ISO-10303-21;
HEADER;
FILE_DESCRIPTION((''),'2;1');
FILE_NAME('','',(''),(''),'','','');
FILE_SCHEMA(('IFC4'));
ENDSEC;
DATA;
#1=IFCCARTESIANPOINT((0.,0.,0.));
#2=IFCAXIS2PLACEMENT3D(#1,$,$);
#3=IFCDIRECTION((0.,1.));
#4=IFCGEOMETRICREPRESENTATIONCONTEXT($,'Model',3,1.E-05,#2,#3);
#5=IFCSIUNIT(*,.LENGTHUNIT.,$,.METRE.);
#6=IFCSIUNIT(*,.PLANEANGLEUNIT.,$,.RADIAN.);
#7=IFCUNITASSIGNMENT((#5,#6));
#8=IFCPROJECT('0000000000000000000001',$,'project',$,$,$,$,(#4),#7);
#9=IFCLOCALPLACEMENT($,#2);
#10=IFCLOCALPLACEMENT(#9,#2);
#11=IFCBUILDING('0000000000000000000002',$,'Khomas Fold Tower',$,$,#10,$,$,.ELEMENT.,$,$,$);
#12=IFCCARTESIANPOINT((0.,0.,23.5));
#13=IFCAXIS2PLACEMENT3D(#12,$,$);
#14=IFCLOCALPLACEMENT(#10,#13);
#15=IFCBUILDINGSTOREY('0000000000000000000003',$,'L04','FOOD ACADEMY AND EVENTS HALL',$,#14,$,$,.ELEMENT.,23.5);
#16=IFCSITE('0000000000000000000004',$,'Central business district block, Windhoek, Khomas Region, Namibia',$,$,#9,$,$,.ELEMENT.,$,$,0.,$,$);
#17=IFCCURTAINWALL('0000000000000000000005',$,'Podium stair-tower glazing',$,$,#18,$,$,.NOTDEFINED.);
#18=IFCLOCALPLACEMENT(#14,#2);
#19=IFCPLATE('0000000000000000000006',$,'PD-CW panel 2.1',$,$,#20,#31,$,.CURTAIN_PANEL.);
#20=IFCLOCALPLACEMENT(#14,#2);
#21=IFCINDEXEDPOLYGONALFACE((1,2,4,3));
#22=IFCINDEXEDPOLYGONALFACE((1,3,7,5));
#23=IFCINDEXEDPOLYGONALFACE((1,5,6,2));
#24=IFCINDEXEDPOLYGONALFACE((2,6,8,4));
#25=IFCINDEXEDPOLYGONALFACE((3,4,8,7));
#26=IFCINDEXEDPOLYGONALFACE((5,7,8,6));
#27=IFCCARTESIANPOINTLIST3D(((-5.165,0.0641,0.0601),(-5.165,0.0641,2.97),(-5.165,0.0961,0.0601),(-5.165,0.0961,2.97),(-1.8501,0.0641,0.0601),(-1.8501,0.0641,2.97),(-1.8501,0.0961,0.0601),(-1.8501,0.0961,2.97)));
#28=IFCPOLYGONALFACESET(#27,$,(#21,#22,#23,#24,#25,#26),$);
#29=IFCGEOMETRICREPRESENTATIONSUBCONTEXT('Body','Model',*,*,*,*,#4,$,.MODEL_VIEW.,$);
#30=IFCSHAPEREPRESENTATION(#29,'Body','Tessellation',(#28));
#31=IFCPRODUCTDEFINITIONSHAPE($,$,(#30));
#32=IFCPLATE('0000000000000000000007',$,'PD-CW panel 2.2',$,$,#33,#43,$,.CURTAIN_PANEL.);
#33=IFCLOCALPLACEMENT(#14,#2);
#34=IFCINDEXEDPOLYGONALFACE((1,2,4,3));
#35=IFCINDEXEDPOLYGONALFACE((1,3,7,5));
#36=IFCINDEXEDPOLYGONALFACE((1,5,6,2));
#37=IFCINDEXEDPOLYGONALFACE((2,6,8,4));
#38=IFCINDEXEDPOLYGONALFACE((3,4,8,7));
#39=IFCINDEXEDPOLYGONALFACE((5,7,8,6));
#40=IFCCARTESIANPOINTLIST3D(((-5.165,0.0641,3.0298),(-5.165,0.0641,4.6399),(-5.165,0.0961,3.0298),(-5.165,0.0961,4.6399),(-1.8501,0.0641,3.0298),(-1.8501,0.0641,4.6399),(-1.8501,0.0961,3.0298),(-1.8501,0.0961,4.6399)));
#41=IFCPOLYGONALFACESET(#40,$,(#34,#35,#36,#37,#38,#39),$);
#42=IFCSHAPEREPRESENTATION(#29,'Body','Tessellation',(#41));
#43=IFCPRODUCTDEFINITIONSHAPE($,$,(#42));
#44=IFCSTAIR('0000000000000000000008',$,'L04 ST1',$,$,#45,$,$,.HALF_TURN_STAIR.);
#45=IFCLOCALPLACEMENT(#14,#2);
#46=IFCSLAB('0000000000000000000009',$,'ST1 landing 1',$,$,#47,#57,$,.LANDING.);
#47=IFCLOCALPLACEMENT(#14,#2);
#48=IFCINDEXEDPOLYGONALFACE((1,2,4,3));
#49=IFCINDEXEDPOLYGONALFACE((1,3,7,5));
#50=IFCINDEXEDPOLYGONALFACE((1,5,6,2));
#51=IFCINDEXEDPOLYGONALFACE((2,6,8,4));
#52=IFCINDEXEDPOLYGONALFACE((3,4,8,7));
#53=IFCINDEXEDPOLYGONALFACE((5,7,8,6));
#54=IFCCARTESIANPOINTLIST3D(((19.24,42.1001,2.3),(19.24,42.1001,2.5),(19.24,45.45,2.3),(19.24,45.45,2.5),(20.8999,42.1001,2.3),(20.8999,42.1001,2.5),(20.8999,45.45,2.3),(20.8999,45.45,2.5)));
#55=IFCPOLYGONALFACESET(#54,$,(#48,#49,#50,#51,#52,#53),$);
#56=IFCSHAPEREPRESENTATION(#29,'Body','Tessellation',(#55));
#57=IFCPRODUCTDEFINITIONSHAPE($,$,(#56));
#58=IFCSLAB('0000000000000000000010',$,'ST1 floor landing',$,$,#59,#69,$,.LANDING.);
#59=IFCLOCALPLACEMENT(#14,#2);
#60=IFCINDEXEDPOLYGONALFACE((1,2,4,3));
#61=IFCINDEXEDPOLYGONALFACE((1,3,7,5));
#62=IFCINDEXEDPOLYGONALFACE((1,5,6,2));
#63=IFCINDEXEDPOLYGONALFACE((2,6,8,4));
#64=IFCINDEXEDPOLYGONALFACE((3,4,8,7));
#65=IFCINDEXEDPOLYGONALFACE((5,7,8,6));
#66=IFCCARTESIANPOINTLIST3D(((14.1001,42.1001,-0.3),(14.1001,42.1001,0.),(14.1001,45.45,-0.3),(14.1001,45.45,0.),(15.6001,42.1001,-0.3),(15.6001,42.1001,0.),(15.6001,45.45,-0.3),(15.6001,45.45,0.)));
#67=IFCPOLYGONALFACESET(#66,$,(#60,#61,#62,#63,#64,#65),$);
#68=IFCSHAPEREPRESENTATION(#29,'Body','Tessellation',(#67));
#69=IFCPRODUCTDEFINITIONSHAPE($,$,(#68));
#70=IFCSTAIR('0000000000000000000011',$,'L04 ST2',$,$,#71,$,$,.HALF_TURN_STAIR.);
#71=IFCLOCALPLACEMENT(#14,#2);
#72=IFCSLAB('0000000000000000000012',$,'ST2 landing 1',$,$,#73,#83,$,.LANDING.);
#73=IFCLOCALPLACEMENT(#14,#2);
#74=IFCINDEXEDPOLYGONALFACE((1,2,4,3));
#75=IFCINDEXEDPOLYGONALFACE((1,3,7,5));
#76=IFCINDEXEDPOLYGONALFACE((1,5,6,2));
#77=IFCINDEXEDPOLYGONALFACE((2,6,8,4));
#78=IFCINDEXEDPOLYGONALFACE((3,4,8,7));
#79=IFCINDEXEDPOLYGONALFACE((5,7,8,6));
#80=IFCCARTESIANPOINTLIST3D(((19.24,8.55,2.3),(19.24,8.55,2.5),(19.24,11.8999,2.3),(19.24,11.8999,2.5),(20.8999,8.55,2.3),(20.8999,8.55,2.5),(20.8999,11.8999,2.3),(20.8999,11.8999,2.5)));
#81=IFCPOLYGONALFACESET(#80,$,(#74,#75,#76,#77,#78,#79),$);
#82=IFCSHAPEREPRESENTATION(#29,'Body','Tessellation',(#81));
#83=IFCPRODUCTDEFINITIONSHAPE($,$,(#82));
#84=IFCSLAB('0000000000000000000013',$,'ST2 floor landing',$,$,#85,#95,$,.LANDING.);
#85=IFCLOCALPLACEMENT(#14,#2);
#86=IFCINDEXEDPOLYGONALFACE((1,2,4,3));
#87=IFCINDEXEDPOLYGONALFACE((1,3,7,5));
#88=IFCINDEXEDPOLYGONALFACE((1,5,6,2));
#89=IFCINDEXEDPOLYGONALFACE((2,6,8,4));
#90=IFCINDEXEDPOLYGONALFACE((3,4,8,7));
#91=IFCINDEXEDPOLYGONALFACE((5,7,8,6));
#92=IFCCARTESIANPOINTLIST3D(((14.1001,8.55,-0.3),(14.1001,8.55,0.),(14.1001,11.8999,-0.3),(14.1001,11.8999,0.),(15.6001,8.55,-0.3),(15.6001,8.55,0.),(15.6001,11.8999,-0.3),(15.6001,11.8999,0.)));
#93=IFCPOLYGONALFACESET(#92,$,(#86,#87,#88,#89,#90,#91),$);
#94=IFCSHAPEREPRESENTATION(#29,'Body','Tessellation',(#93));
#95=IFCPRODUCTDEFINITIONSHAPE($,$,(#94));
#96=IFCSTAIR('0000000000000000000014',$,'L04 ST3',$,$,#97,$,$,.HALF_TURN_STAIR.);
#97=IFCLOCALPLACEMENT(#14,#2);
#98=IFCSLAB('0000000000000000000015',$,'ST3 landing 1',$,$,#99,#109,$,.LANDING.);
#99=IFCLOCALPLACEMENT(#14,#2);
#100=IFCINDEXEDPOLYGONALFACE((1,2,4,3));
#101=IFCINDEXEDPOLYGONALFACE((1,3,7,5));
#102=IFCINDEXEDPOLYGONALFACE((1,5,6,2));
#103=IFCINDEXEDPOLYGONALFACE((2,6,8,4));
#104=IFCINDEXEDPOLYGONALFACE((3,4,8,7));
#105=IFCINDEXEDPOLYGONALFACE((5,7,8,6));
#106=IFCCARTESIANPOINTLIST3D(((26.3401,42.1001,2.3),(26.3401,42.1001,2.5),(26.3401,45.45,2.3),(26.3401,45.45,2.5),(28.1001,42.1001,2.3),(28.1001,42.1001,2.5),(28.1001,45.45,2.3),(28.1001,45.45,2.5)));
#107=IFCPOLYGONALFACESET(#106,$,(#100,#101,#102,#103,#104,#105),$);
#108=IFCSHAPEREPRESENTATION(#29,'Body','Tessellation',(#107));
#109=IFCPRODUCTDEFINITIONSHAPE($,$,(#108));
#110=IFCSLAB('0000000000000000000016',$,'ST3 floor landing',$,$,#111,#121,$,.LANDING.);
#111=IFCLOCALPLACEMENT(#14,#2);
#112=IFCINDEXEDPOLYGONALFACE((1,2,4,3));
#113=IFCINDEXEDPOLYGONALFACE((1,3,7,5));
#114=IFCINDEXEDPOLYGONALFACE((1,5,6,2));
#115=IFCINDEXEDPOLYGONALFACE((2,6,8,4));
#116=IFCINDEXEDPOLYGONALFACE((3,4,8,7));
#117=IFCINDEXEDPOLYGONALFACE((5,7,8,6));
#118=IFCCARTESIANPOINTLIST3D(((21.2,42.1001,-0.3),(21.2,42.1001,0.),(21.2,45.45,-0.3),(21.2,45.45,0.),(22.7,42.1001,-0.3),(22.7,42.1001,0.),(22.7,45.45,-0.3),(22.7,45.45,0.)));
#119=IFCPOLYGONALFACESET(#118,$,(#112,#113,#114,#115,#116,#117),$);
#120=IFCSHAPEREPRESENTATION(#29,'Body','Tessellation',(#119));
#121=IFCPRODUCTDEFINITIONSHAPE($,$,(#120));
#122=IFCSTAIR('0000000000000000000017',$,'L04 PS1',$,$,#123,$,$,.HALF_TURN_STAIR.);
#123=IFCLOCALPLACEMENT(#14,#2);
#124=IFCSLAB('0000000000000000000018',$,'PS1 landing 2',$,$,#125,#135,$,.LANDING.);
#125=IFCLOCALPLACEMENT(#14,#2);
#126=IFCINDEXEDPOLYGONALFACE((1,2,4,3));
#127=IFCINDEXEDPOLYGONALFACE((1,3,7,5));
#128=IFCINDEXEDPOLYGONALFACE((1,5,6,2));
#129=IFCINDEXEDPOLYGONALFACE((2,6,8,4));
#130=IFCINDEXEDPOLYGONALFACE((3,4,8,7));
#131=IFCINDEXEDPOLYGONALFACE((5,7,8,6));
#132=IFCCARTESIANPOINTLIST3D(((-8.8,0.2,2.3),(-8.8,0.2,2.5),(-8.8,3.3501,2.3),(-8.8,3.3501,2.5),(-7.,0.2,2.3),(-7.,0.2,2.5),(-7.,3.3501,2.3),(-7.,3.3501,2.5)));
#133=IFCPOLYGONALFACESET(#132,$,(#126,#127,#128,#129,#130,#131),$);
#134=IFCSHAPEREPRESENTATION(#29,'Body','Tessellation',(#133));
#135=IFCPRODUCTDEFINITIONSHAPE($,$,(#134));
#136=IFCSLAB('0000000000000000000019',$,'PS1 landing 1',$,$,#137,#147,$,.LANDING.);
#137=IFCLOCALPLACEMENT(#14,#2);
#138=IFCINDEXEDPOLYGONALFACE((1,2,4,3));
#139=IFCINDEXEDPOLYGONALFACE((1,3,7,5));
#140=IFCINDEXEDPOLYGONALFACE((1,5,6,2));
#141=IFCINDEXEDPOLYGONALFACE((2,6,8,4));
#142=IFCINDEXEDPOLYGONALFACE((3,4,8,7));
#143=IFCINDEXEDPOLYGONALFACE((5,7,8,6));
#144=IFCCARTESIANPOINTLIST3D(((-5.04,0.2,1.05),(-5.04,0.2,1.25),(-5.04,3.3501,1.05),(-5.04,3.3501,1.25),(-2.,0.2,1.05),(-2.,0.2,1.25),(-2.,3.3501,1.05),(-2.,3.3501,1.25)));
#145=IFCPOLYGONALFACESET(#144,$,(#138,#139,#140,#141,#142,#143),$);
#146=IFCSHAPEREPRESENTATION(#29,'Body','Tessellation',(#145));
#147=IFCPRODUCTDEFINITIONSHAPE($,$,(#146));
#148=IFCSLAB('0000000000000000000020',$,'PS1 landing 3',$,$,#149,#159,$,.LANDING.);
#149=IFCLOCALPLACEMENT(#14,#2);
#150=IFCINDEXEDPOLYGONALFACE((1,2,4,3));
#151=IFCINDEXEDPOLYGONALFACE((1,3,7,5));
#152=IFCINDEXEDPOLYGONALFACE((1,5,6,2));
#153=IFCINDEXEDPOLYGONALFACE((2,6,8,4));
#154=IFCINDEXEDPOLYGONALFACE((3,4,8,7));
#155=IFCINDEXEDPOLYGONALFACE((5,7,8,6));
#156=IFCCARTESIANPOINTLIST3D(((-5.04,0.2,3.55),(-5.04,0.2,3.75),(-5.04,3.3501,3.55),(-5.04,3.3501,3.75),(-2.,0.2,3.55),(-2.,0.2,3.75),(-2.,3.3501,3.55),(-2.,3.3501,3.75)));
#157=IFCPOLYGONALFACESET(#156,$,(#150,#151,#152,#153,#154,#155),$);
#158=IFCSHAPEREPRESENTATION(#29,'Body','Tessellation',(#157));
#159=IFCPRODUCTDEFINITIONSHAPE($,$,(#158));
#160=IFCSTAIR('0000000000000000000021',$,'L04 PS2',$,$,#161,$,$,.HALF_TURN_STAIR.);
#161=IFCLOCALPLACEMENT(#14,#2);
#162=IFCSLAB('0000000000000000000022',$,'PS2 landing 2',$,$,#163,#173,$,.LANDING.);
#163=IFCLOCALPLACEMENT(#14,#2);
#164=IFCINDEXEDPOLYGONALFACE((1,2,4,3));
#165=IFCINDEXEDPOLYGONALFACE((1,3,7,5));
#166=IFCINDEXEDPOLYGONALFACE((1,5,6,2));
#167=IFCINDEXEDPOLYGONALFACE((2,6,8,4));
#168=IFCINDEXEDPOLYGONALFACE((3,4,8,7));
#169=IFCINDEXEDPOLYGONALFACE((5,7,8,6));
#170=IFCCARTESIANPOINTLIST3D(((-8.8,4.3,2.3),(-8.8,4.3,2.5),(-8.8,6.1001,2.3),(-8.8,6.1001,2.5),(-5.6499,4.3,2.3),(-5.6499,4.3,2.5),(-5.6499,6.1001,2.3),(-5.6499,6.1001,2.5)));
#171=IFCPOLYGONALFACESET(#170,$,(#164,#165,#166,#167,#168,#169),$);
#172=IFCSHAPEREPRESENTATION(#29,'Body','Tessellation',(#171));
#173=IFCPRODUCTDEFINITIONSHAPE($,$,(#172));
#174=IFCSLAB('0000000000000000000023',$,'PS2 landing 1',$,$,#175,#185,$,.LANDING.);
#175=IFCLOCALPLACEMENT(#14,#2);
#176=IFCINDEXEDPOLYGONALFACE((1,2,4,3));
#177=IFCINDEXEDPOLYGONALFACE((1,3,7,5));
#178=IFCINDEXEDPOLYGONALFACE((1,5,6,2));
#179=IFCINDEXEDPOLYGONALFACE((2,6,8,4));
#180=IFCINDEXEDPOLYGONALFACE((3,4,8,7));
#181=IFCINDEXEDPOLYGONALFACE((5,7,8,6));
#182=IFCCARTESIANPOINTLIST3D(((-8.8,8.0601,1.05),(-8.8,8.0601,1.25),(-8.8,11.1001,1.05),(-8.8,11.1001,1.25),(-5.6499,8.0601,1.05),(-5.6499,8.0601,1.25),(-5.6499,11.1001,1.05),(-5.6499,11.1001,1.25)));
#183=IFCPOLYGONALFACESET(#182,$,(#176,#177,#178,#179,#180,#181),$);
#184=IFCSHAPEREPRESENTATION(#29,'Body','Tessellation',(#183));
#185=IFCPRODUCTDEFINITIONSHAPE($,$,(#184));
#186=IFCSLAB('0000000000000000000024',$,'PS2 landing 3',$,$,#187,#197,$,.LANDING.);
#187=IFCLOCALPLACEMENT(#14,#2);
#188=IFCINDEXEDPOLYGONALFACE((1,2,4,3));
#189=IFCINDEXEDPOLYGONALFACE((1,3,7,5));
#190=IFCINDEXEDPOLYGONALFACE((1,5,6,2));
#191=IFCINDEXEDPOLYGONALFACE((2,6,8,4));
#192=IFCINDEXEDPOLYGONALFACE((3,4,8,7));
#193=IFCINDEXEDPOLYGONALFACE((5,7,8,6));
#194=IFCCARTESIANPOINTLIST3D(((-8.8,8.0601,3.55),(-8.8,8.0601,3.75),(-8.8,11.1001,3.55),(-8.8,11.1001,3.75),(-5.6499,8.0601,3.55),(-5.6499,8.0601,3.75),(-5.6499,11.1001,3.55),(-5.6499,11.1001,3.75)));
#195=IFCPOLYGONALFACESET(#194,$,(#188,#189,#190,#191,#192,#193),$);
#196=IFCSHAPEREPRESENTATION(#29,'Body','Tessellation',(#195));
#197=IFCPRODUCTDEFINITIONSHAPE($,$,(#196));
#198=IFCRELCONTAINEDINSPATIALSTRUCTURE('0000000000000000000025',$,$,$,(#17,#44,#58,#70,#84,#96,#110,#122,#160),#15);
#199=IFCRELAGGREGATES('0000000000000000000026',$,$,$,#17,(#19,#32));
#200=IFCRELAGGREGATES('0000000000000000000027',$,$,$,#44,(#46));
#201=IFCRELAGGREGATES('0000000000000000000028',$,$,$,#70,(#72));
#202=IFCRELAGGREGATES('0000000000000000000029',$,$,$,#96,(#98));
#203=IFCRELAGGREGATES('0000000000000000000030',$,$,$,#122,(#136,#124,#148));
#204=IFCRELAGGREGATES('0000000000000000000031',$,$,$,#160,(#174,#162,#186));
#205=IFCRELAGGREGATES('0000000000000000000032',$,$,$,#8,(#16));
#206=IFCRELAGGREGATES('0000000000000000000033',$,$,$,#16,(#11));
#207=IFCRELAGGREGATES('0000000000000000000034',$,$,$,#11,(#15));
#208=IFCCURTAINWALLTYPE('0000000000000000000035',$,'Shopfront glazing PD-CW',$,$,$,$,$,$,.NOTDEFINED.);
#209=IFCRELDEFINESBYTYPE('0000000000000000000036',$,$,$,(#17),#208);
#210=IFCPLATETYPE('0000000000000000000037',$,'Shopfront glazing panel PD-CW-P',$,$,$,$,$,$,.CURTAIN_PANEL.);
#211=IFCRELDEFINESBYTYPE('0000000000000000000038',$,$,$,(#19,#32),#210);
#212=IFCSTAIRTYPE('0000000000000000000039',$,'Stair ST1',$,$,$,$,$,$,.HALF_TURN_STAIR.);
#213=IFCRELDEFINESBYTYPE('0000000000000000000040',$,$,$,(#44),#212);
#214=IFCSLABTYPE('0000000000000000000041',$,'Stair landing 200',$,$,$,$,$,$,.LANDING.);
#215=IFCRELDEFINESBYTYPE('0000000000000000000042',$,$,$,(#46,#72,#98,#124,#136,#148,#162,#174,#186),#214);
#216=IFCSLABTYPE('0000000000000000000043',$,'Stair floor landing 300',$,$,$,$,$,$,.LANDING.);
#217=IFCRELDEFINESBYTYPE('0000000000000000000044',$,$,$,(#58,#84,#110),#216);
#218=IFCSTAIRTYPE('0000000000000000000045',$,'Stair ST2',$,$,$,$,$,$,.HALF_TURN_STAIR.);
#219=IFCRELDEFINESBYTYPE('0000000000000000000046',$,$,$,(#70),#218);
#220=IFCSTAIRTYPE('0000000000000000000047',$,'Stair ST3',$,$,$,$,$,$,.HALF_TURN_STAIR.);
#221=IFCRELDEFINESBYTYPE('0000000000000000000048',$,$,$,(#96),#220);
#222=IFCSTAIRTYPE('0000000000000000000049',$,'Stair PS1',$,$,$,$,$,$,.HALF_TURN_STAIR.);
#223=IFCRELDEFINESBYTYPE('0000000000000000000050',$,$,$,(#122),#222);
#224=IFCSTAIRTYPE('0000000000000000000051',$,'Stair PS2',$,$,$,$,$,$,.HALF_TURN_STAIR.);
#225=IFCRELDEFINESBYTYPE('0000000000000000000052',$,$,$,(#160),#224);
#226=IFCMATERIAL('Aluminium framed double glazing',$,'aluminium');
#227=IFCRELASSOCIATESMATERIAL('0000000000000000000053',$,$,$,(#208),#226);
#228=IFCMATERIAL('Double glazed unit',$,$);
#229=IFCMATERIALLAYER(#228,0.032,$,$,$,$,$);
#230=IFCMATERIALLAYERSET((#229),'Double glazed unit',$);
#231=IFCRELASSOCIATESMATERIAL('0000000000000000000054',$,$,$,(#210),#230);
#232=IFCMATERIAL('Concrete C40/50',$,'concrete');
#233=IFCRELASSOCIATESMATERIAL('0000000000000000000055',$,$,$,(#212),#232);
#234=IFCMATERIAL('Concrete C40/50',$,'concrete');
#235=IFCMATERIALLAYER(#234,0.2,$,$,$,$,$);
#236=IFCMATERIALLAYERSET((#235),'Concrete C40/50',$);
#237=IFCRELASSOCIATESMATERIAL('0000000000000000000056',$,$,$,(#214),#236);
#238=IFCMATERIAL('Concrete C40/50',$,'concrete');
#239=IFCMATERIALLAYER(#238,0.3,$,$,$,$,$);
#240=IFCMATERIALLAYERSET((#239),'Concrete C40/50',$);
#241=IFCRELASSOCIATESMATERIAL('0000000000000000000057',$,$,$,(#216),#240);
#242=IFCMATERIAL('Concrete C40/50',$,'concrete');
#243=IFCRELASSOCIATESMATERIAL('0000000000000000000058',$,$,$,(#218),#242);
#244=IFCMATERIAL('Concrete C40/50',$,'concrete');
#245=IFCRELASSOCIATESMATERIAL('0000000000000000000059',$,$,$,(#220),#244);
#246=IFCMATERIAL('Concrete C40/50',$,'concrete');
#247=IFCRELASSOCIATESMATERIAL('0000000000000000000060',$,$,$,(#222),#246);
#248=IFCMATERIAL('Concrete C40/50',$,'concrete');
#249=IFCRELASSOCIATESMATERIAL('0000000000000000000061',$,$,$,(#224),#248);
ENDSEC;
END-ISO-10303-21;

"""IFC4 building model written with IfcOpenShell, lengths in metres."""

from ifc_helpers import new_model, si_unit, direction, frame, origin, origin_2d, place, context, subcontext, project, spatial, polyline, rectangle, outline, extrude, source, transform, mapped, material, layer, layer_set, type_object, element, aggregate, save


model = new_model("IFC4")

# Units and contexts
model_context = context("Model", 3, precision=1e-05, world=origin(), true_north=direction((0.0, 1.0)))
body_context = subcontext(model_context, "Body", "Model", "MODEL_VIEW")
ifc_project = project(units=[si_unit("LENGTHUNIT", "METRE"), si_unit("PLANEANGLEUNIT", "RADIAN")], contexts=[model_context])

# Site, building, storey
site_placement = place(None, origin())
site = spatial("IfcSite", under=ifc_project, at=site_placement, Name="Central business district block, Windhoek, Khomas Region, Namibia", CompositionType="ELEMENT", RefElevation=0.0)
building_placement = place(site_placement, origin())
building = spatial("IfcBuilding", under=site, at=building_placement, Name="Khomas Fold Tower", CompositionType="ELEMENT")
storey_placement = place(building_placement, frame((0.0, 0.0, 23.5)))
storey = spatial("IfcBuildingStorey", under=building, at=storey_placement, Name="L04", Description="FOOD ACADEMY AND EVENTS HALL", CompositionType="ELEMENT", Elevation=23.5)

# Curtain wall
ifc_material_1 = material(Name="Aluminium framed double glazing", Category="aluminium")
curtain_wall_type = type_object("IfcCurtainWallType", Name="Shopfront glazing PD-CW", PredefinedType="NOTDEFINED", material=ifc_material_1)
curtain_wall_placement = place(storey_placement, origin())
curtain_wall = element("IfcCurtainWall", 1, at=curtain_wall_placement, inside=storey, type_object=curtain_wall_type, Name="Podium stair-tower glazing", PredefinedType="NOTDEFINED")

# Plates
ifc_material_2 = material(Name="Double glazed unit")
ifc_layer_1 = layer(ifc_material_2, 0.032)
ifc_layer_set_1 = layer_set([ifc_layer_1], Name="Double glazed unit")
plate_type = type_object("IfcPlateType", Name="Shopfront glazing panel PD-CW-P", PredefinedType="CURTAIN_PANEL", material=ifc_layer_set_1)
shared_shape_1 = source(origin(), body_context, "Body", "SweptSolid", [
    extrude(rectangle(XDim=3.3149, YDim=0.032, at=origin_2d()), origin(), (0.0, 0.0, 1.0), 2.9099),
])
plate_1_placement = place(storey_placement, frame((-3.5076, 0.0801, 0.0601), z_axis=(0.0, 0.0, 1.0), x_axis=(1.0, 0.0, 0.0)))
plate_1 = element("IfcPlate", 2, at=plate_1_placement, type_object=plate_type, Name="PD-CW panel 2.1", PredefinedType="CURTAIN_PANEL", context=body_context, shape_type="MappedRepresentation", body=[
    mapped(shared_shape_1, transform((0.0, 0.0, 0.0))),
])
shared_shape_2 = source(origin(), body_context, "Body", "SweptSolid", [
    extrude(rectangle(XDim=3.3149, YDim=0.032, at=origin_2d()), origin(), (0.0, 0.0, 1.0), 1.6101),
])
plate_2_placement = place(storey_placement, frame((-3.5076, 0.0801, 3.0298), z_axis=(0.0, 0.0, 1.0), x_axis=(1.0, 0.0, 0.0)))
plate_2 = element("IfcPlate", 3, at=plate_2_placement, type_object=plate_type, Name="PD-CW panel 2.2", PredefinedType="CURTAIN_PANEL", context=body_context, shape_type="MappedRepresentation", body=[
    mapped(shared_shape_2, transform((0.0, 0.0, 0.0))),
])
aggregate(curtain_wall, [plate_1, plate_2])

# Stair, slab
ifc_material_3 = material(Name="Concrete C40/50", Category="concrete")
stair_type_1 = type_object("IfcStairType", Name="Stair ST1", PredefinedType="HALF_TURN_STAIR", material=ifc_material_3)
stair_1_placement = place(storey_placement, origin())
stair_1 = element("IfcStair", 4, at=stair_1_placement, inside=storey, type_object=stair_type_1, Name="L04 ST1", PredefinedType="HALF_TURN_STAIR")
ifc_material_4 = material(Name="Concrete C40/50", Category="concrete")
ifc_layer_2 = layer(ifc_material_4, 0.2)
ifc_layer_set_2 = layer_set([ifc_layer_2], Name="Concrete C40/50")
slab_type_1 = type_object("IfcSlabType", Name="Stair landing 200", PredefinedType="LANDING", material=ifc_layer_set_2)
shared_shape_3 = source(origin(), body_context, "Body", "SweptSolid", [
    extrude(outline(polyline([(19.24, 42.1001), (20.8999, 42.1001), (20.8999, 45.45), (19.24, 45.45), (19.24, 42.1001)])), origin(), (0.0, 0.0, 1.0), 0.2),
])
slab_1_placement = place(storey_placement, frame((0.0, 0.0, 2.3)))
slab_1 = element("IfcSlab", 5, at=slab_1_placement, type_object=slab_type_1, Name="ST1 landing 1", PredefinedType="LANDING", context=body_context, shape_type="MappedRepresentation", body=[
    mapped(shared_shape_3, transform((0.0, 0.0, 0.0))),
])
aggregate(stair_1, [slab_1])

# Slab
ifc_material_5 = material(Name="Concrete C40/50", Category="concrete")
ifc_layer_3 = layer(ifc_material_5, 0.3)
ifc_layer_set_3 = layer_set([ifc_layer_3], Name="Concrete C40/50")
slab_type_2 = type_object("IfcSlabType", Name="Stair floor landing 300", PredefinedType="LANDING", material=ifc_layer_set_3)
shared_shape_4 = source(origin(), body_context, "Body", "SweptSolid", [
    extrude(outline(polyline([(14.1001, 45.45), (15.6001, 45.45), (15.6001, 42.1001), (14.1001, 42.1001), (14.1001, 45.45)])), origin(), (0.0, 0.0, 1.0), 0.3),
])
slab_2_placement = place(storey_placement, frame((0.0, 0.0, -0.3)))
element("IfcSlab", 6, at=slab_2_placement, inside=storey, type_object=slab_type_2, Name="ST1 floor landing", PredefinedType="LANDING", context=body_context, shape_type="MappedRepresentation", body=[
    mapped(shared_shape_4, transform((0.0, 0.0, 0.0))),
])

# Stair, slab
ifc_material_6 = material(Name="Concrete C40/50", Category="concrete")
stair_type_2 = type_object("IfcStairType", Name="Stair ST2", PredefinedType="HALF_TURN_STAIR", material=ifc_material_6)
stair_2_placement = place(storey_placement, origin())
stair_2 = element("IfcStair", 7, at=stair_2_placement, inside=storey, type_object=stair_type_2, Name="L04 ST2", PredefinedType="HALF_TURN_STAIR")
shared_shape_5 = source(origin(), body_context, "Body", "SweptSolid", [
    extrude(outline(polyline([(19.24, 8.55), (20.8999, 8.55), (20.8999, 11.8999), (19.24, 11.8999), (19.24, 8.55)])), origin(), (0.0, 0.0, 1.0), 0.2),
])
slab_3_placement = place(storey_placement, frame((0.0, 0.0, 2.3)))
slab_3 = element("IfcSlab", 8, at=slab_3_placement, type_object=slab_type_1, Name="ST2 landing 1", PredefinedType="LANDING", context=body_context, shape_type="MappedRepresentation", body=[
    mapped(shared_shape_5, transform((0.0, 0.0, 0.0))),
])
aggregate(stair_2, [slab_3])

# Slab
shared_shape_6 = source(origin(), body_context, "Body", "SweptSolid", [
    extrude(outline(polyline([(14.1001, 11.8999), (15.6001, 11.8999), (15.6001, 8.55), (14.1001, 8.55), (14.1001, 11.8999)])), origin(), (0.0, 0.0, 1.0), 0.3),
])
slab_4_placement = place(storey_placement, frame((0.0, 0.0, -0.3)))
element("IfcSlab", 9, at=slab_4_placement, inside=storey, type_object=slab_type_2, Name="ST2 floor landing", PredefinedType="LANDING", context=body_context, shape_type="MappedRepresentation", body=[
    mapped(shared_shape_6, transform((0.0, 0.0, 0.0))),
])

# Stair, slab
ifc_material_7 = material(Name="Concrete C40/50", Category="concrete")
stair_type_3 = type_object("IfcStairType", Name="Stair ST3", PredefinedType="HALF_TURN_STAIR", material=ifc_material_7)
stair_3_placement = place(storey_placement, origin())
stair_3 = element("IfcStair", 10, at=stair_3_placement, inside=storey, type_object=stair_type_3, Name="L04 ST3", PredefinedType="HALF_TURN_STAIR")
shared_shape_7 = source(origin(), body_context, "Body", "SweptSolid", [
    extrude(outline(polyline([(26.3401, 42.1001), (28.1001, 42.1001), (28.1001, 45.45), (26.3401, 45.45), (26.3401, 42.1001)])), origin(), (0.0, 0.0, 1.0), 0.2),
])
slab_5_placement = place(storey_placement, frame((0.0, 0.0, 2.3)))
slab_5 = element("IfcSlab", 11, at=slab_5_placement, type_object=slab_type_1, Name="ST3 landing 1", PredefinedType="LANDING", context=body_context, shape_type="MappedRepresentation", body=[
    mapped(shared_shape_7, transform((0.0, 0.0, 0.0))),
])
aggregate(stair_3, [slab_5])

# Slab
shared_shape_8 = source(origin(), body_context, "Body", "SweptSolid", [
    extrude(outline(polyline([(21.2, 45.45), (22.7, 45.45), (22.7, 42.1001), (21.2, 42.1001), (21.2, 45.45)])), origin(), (0.0, 0.0, 1.0), 0.3),
])
slab_6_placement = place(storey_placement, frame((0.0, 0.0, -0.3)))
element("IfcSlab", 12, at=slab_6_placement, inside=storey, type_object=slab_type_2, Name="ST3 floor landing", PredefinedType="LANDING", context=body_context, shape_type="MappedRepresentation", body=[
    mapped(shared_shape_8, transform((0.0, 0.0, 0.0))),
])

# Stairs, slabs
ifc_material_8 = material(Name="Concrete C40/50", Category="concrete")
stair_type_4 = type_object("IfcStairType", Name="Stair PS1", PredefinedType="HALF_TURN_STAIR", material=ifc_material_8)
stair_4_placement = place(storey_placement, origin())
stair_4 = element("IfcStair", 13, at=stair_4_placement, inside=storey, type_object=stair_type_4, Name="L04 PS1", PredefinedType="HALF_TURN_STAIR")
shared_shape_9 = source(origin(), body_context, "Body", "SweptSolid", [
    extrude(outline(polyline([(-8.8, 0.2), (-7.0, 0.2), (-7.0, 3.3501), (-8.8, 3.3501), (-8.8, 0.2)])), origin(), (0.0, 0.0, 1.0), 0.2),
])
slab_7_placement = place(storey_placement, frame((0.0, 0.0, 2.3)))
slab_7 = element("IfcSlab", 14, at=slab_7_placement, type_object=slab_type_1, Name="PS1 landing 2", PredefinedType="LANDING", context=body_context, shape_type="MappedRepresentation", body=[
    mapped(shared_shape_9, transform((0.0, 0.0, 0.0))),
])
shared_shape_10 = source(origin(), body_context, "Body", "SweptSolid", [
    extrude(outline(polyline([(-5.04, 0.2), (-2.0, 0.2), (-2.0, 3.3501), (-5.04, 3.3501), (-5.04, 0.2)])), origin(), (0.0, 0.0, 1.0), 0.2),
])
slab_8_placement = place(storey_placement, frame((0.0, 0.0, 1.05)))
slab_8 = element("IfcSlab", 15, at=slab_8_placement, type_object=slab_type_1, Name="PS1 landing 1", PredefinedType="LANDING", context=body_context, shape_type="MappedRepresentation", body=[
    mapped(shared_shape_10, transform((0.0, 0.0, 0.0))),
])
slab_9_placement = place(storey_placement, frame((0.0, 0.0, 3.55)))
slab_9 = element("IfcSlab", 16, at=slab_9_placement, type_object=slab_type_1, Name="PS1 landing 3", PredefinedType="LANDING", context=body_context, shape_type="MappedRepresentation", body=[
    mapped(shared_shape_10, transform((0.0, 0.0, 0.0))),
])
aggregate(stair_4, [slab_8, slab_7, slab_9])
ifc_material_9 = material(Name="Concrete C40/50", Category="concrete")
stair_type_5 = type_object("IfcStairType", Name="Stair PS2", PredefinedType="HALF_TURN_STAIR", material=ifc_material_9)
stair_5_placement = place(storey_placement, origin())
stair_5 = element("IfcStair", 17, at=stair_5_placement, inside=storey, type_object=stair_type_5, Name="L04 PS2", PredefinedType="HALF_TURN_STAIR")
shared_shape_11 = source(origin(), body_context, "Body", "SweptSolid", [
    extrude(outline(polyline([(-5.6499, 4.3), (-5.6499, 6.1001), (-8.8, 6.1001), (-8.8, 4.3), (-5.6499, 4.3)])), origin(), (0.0, 0.0, 1.0), 0.2),
])
slab_10_placement = place(storey_placement, frame((0.0, 0.0, 2.3)))
slab_10 = element("IfcSlab", 18, at=slab_10_placement, type_object=slab_type_1, Name="PS2 landing 2", PredefinedType="LANDING", context=body_context, shape_type="MappedRepresentation", body=[
    mapped(shared_shape_11, transform((0.0, 0.0, 0.0))),
])
shared_shape_12 = source(origin(), body_context, "Body", "SweptSolid", [
    extrude(outline(polyline([(-5.6499, 8.0601), (-5.6499, 11.1001), (-8.8, 11.1001), (-8.8, 8.0601), (-5.6499, 8.0601)])), origin(), (0.0, 0.0, 1.0), 0.2),
])
slab_11_placement = place(storey_placement, frame((0.0, 0.0, 1.05)))
slab_11 = element("IfcSlab", 19, at=slab_11_placement, type_object=slab_type_1, Name="PS2 landing 1", PredefinedType="LANDING", context=body_context, shape_type="MappedRepresentation", body=[
    mapped(shared_shape_12, transform((0.0, 0.0, 0.0))),
])
slab_12_placement = place(storey_placement, frame((0.0, 0.0, 3.55)))
slab_12 = element("IfcSlab", 20, at=slab_12_placement, type_object=slab_type_1, Name="PS2 landing 3", PredefinedType="LANDING", context=body_context, shape_type="MappedRepresentation", body=[
    mapped(shared_shape_12, transform((0.0, 0.0, 0.0))),
])
aggregate(stair_5, [slab_11, slab_10, slab_12])

save(model, "model.ifc")
